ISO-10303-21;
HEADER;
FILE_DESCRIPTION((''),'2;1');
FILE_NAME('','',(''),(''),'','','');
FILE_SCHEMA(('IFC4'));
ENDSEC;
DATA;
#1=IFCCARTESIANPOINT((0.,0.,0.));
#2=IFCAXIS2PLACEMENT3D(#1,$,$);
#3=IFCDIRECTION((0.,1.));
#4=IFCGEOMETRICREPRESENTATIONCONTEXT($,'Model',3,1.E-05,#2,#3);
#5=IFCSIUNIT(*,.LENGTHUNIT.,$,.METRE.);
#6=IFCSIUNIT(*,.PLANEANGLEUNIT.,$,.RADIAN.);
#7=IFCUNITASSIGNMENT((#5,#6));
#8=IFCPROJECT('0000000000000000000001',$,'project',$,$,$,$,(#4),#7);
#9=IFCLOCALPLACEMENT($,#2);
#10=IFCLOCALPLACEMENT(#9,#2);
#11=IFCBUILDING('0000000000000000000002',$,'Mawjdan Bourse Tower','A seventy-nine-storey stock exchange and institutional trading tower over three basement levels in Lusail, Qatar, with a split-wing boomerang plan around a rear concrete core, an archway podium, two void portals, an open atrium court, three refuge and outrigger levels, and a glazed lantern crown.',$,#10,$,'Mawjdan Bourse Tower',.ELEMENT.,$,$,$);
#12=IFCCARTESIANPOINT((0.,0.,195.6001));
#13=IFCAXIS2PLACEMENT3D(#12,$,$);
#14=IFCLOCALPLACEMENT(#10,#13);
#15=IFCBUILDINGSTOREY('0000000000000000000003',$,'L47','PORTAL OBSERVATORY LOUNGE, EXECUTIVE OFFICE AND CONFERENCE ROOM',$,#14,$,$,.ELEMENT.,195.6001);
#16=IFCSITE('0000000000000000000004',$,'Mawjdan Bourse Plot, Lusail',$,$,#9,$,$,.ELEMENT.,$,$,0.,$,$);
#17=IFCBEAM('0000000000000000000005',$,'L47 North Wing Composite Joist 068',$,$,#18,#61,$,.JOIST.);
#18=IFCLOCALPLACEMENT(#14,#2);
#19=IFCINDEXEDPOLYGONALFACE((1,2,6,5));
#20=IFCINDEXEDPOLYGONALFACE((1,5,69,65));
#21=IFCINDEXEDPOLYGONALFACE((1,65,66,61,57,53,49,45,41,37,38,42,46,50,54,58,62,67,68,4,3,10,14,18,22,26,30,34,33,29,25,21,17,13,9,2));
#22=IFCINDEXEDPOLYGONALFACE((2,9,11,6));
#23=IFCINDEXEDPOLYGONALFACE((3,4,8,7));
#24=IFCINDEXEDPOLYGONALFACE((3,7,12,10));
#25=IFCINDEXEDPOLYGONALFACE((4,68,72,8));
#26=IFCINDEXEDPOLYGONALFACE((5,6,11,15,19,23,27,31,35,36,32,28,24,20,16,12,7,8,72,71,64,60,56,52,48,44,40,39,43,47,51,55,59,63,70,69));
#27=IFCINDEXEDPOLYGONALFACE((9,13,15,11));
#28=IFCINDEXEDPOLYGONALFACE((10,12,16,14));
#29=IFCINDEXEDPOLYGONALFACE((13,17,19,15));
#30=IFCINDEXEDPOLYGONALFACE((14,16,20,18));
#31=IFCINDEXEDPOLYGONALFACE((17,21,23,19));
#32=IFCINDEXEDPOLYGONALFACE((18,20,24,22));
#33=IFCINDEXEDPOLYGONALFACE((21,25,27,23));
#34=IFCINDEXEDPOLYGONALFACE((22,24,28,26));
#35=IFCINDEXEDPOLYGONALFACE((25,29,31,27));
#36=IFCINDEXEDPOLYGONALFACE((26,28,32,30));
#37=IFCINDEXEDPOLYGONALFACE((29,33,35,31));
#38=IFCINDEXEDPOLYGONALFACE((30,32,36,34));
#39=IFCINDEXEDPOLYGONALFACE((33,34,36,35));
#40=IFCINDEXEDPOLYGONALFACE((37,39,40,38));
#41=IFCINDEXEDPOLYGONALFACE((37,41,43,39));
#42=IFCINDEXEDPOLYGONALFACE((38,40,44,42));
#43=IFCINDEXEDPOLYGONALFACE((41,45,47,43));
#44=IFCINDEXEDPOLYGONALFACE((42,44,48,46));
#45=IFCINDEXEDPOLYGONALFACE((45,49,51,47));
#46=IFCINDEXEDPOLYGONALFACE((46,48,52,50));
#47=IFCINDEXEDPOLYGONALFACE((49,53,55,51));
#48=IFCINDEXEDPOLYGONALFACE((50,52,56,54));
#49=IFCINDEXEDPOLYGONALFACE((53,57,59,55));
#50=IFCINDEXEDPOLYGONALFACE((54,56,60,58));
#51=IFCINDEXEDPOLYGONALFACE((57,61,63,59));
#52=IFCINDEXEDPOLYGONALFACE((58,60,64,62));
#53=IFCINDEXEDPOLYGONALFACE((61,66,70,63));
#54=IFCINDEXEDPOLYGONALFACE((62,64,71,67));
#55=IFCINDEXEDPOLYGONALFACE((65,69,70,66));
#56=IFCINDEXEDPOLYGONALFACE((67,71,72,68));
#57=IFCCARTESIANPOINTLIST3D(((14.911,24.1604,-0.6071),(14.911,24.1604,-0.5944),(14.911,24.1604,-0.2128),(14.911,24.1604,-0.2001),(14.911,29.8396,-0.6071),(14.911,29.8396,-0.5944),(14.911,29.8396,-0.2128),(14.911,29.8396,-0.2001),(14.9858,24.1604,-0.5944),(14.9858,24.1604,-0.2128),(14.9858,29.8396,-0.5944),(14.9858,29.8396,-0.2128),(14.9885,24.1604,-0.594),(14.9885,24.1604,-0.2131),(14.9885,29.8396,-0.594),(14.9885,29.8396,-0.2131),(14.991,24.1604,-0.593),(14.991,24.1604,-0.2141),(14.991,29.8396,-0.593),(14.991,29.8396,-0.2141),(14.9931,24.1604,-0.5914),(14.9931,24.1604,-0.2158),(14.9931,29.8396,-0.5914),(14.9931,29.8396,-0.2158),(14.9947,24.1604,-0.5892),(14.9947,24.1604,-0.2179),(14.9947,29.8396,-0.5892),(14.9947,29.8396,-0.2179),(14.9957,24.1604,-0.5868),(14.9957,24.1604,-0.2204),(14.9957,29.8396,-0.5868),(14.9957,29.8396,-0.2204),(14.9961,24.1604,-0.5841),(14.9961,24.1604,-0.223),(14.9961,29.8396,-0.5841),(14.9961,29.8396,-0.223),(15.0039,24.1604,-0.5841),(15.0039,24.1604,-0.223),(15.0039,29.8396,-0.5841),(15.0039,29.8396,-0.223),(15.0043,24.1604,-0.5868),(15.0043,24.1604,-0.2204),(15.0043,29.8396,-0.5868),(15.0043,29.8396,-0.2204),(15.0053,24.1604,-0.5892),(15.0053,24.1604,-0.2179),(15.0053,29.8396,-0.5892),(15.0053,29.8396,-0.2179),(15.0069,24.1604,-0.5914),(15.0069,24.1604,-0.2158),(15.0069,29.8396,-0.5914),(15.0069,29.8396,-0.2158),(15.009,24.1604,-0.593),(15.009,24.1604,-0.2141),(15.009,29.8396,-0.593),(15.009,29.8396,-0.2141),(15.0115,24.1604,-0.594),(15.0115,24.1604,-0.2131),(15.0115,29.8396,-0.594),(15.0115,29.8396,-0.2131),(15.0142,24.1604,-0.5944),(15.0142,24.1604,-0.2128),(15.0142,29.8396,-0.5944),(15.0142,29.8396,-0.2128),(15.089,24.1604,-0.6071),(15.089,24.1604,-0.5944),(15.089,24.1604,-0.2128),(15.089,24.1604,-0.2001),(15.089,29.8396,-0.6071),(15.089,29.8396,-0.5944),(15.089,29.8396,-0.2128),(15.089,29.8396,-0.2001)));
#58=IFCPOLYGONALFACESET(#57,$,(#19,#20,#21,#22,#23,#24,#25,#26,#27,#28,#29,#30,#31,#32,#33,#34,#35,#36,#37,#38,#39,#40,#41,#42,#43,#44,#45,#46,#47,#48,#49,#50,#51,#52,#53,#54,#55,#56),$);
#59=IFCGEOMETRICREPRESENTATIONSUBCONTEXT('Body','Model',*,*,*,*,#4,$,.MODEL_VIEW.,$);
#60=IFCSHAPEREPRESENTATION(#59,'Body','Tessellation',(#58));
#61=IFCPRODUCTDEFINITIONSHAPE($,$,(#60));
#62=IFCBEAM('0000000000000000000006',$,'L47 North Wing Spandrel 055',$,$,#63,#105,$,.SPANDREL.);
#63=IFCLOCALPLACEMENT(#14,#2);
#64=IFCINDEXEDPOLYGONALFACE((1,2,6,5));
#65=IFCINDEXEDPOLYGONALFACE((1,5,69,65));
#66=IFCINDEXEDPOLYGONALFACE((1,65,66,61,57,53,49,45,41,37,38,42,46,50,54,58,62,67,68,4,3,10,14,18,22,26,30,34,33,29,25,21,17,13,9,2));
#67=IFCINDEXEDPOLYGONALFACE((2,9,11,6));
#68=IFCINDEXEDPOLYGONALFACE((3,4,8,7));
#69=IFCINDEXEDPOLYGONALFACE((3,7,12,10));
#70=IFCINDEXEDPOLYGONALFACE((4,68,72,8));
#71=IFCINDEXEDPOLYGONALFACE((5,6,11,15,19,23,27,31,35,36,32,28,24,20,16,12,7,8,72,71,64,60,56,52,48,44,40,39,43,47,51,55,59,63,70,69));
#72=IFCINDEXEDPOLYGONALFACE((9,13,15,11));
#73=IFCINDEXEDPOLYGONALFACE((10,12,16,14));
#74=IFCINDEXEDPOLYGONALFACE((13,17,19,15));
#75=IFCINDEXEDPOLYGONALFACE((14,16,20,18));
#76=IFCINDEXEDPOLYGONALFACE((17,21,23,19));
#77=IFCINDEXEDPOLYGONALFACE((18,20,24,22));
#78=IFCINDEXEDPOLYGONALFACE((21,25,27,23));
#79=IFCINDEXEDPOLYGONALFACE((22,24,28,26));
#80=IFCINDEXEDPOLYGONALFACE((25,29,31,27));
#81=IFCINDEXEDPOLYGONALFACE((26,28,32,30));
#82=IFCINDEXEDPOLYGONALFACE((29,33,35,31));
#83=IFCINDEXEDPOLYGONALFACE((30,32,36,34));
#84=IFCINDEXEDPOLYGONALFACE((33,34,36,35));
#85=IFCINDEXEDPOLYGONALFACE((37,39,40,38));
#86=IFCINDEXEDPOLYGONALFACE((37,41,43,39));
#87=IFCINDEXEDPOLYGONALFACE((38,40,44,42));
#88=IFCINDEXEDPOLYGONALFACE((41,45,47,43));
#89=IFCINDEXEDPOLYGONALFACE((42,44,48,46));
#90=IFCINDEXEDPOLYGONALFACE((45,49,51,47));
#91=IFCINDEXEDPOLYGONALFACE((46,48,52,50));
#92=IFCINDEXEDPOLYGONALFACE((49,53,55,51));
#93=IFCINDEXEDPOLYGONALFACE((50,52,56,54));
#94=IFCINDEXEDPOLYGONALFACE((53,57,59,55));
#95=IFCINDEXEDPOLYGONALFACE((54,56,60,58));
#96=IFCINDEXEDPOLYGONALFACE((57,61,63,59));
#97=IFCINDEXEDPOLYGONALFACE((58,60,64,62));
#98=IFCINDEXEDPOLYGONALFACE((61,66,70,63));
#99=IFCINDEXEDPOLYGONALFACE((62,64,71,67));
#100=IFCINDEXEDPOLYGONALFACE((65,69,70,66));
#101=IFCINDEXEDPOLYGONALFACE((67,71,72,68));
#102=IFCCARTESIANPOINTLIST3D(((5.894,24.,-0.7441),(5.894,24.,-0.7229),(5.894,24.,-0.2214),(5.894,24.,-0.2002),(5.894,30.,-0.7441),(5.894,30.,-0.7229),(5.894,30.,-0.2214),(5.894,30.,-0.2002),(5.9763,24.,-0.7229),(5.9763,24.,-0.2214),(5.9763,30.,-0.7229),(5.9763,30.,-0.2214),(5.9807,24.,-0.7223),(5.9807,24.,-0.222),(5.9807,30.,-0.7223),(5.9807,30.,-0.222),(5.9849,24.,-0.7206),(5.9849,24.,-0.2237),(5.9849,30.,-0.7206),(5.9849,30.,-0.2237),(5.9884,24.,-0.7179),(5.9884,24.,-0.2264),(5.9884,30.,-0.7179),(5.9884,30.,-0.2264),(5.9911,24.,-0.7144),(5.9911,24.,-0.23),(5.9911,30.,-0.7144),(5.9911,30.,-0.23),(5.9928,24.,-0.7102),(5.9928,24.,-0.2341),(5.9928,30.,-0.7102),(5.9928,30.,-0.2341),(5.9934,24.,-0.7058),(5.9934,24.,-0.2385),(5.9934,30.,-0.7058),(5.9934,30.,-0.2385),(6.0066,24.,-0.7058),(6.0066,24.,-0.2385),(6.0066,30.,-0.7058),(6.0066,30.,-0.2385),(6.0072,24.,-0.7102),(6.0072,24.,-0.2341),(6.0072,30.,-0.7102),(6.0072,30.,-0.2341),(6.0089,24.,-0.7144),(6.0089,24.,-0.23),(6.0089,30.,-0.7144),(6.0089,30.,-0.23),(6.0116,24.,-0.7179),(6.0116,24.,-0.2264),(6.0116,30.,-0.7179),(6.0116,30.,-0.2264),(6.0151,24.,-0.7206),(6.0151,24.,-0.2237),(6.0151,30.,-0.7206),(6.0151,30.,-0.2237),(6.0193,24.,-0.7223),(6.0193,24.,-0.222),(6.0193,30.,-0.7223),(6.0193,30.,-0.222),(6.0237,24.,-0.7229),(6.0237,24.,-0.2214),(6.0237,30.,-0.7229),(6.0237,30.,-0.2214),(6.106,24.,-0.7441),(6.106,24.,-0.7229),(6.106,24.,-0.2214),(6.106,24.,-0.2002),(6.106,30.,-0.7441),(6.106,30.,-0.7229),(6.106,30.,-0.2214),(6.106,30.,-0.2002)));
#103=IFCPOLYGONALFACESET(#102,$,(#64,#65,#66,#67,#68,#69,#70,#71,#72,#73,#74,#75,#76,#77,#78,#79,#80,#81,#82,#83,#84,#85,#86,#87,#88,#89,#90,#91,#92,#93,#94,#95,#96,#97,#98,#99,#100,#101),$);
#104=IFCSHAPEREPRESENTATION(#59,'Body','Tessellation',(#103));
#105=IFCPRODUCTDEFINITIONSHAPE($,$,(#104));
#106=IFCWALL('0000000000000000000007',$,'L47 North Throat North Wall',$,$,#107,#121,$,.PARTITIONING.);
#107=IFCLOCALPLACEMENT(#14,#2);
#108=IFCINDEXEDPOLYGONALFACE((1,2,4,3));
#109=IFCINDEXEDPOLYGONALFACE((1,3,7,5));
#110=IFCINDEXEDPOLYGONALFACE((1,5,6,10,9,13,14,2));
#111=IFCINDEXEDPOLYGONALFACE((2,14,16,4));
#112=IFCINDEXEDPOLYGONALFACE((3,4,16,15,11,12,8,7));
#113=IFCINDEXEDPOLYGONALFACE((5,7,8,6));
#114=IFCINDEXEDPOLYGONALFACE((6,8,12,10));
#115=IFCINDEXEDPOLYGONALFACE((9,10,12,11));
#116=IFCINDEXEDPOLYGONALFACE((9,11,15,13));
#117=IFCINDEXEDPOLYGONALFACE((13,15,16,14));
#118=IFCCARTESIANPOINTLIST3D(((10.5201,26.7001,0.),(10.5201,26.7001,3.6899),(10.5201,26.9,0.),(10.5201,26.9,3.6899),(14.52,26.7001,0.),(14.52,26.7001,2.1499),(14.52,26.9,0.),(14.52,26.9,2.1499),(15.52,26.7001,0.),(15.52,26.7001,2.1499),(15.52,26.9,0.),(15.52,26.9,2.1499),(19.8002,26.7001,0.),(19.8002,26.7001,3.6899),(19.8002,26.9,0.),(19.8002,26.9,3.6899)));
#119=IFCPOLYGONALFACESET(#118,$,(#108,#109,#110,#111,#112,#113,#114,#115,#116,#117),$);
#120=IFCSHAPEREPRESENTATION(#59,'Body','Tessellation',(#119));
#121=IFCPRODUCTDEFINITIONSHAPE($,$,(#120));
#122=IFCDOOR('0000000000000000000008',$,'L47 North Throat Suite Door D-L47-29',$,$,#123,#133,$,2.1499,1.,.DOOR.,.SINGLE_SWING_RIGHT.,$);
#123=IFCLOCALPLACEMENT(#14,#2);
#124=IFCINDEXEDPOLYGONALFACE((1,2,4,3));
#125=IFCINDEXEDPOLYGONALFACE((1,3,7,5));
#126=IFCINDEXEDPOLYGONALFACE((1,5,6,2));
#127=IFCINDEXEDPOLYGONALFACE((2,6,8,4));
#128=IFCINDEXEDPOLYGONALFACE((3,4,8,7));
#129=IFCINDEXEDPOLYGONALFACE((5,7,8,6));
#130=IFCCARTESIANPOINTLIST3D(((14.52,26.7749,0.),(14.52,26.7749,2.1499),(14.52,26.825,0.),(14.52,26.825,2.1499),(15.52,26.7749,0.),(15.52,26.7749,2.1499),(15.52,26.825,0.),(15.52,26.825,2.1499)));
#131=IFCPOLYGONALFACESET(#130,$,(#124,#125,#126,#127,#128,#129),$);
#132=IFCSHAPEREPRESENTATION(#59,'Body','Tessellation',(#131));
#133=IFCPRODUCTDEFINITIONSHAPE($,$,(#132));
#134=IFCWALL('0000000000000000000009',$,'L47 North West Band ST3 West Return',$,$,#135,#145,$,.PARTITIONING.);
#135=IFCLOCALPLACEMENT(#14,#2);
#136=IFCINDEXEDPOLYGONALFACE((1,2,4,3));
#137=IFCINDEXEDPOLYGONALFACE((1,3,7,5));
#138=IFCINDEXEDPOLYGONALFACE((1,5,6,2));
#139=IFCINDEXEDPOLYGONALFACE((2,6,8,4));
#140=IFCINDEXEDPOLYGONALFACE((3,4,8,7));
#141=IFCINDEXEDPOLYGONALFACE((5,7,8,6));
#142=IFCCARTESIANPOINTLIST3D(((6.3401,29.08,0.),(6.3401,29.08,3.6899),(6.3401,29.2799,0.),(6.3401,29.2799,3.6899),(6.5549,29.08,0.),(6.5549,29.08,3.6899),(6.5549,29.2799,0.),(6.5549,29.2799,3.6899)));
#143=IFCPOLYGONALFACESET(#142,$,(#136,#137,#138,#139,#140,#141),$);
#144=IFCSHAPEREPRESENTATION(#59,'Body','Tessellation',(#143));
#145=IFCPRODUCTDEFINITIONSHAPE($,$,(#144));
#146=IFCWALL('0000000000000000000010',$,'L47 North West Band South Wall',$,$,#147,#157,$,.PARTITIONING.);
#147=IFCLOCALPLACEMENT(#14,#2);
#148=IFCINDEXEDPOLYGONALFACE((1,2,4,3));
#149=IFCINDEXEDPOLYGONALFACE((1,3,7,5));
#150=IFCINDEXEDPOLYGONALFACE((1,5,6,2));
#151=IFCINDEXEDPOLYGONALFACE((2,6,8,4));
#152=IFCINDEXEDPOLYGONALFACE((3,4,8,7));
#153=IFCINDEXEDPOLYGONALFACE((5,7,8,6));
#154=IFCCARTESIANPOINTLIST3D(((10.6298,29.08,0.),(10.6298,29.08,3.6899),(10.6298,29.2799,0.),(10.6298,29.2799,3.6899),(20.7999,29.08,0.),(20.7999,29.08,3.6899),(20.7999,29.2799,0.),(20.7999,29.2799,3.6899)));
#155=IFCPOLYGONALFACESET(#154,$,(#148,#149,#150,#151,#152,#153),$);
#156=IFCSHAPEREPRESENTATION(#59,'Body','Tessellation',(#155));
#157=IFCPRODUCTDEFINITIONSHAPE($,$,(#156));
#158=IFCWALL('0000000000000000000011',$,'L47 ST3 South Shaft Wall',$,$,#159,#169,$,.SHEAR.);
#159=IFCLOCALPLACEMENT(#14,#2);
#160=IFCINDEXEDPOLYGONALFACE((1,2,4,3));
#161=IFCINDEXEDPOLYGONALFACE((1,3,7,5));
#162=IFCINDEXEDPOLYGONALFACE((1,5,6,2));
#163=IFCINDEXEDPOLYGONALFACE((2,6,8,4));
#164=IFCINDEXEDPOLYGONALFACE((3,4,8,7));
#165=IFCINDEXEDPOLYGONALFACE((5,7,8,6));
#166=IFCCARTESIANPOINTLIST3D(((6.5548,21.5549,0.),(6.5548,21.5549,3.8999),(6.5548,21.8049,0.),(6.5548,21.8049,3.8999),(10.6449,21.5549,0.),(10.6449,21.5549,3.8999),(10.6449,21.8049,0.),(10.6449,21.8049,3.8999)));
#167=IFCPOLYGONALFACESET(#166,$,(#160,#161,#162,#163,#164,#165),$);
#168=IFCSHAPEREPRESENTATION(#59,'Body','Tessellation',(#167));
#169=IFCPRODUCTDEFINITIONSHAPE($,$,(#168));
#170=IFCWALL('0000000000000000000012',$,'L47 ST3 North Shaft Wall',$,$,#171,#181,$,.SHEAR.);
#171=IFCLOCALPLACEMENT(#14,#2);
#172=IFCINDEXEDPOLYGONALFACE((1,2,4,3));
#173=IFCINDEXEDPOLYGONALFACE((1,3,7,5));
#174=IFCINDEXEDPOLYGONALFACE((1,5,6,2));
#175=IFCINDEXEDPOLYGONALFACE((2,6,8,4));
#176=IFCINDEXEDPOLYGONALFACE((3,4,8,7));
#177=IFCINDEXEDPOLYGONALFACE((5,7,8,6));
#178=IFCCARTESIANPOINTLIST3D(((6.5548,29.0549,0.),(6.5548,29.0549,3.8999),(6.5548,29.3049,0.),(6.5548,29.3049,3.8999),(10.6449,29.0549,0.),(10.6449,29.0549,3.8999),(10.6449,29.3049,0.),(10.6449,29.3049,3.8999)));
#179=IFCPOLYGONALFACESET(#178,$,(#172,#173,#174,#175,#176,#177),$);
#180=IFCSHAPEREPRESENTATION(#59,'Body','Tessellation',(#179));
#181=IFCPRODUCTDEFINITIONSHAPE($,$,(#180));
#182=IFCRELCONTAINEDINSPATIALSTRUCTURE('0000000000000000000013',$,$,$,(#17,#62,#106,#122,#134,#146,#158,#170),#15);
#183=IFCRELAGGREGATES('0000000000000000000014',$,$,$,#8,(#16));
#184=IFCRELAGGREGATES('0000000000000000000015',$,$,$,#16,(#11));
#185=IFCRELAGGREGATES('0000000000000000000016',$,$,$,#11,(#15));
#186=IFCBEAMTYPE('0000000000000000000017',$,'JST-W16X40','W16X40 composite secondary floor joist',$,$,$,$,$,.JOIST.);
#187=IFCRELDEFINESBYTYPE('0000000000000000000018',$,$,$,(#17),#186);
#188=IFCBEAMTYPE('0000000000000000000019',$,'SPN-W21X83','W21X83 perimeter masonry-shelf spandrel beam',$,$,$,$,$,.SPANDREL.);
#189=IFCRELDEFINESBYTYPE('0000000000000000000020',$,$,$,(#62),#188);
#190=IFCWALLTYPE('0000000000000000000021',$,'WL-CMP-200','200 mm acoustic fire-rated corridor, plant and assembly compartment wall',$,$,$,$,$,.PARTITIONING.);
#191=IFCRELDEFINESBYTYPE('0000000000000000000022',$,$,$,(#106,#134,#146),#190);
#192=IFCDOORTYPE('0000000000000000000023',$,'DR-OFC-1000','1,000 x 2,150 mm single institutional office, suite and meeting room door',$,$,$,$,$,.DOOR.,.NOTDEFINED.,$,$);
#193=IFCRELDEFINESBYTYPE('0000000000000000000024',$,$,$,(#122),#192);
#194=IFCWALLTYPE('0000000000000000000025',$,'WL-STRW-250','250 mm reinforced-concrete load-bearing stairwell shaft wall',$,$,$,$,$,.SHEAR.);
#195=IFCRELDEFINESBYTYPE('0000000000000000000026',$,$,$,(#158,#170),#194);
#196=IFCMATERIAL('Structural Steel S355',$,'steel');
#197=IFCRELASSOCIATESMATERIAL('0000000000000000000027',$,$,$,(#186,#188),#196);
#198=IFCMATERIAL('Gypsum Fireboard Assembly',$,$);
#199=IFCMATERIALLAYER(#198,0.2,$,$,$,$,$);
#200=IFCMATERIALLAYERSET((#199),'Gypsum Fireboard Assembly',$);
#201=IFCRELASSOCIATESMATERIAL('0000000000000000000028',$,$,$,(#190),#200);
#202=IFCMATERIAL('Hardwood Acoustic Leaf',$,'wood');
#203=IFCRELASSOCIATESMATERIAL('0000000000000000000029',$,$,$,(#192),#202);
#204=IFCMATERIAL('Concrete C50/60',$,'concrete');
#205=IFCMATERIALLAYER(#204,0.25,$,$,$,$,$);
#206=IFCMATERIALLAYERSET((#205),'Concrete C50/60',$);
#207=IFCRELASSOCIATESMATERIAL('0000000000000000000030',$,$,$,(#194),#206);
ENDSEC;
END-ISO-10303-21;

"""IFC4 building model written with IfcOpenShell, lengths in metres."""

from ifc_helpers import new_model, si_unit, direction, frame, frame_2d, origin, origin_2d, place, context, subcontext, project, spatial, rectangle, i_section, extrude, material, layer, layer_set, material_profile, profile_set, type_object, element, fill, save


model = new_model("IFC4")

# Units and contexts
model_context = context("Model", 3, precision=1e-05, world=origin(), true_north=direction((0.0, 1.0)))
body_context = subcontext(model_context, "Body", "Model", "MODEL_VIEW")
ifc_project = project(units=[si_unit("LENGTHUNIT", "METRE"), si_unit("PLANEANGLEUNIT", "RADIAN")], contexts=[model_context])

# Site, building, storey
site_placement = place(None, origin())
site = spatial("IfcSite", under=ifc_project, at=site_placement, Name="Mawjdan Bourse Plot, Lusail", CompositionType="ELEMENT", RefElevation=0.0)
building_placement = place(site_placement, origin())
building = spatial("IfcBuilding", under=site, at=building_placement, Name="Mawjdan Bourse Tower", Description="A seventy-nine-storey stock exchange and institutional trading tower over three basement levels in Lusail, Qatar, with a split-wing boomerang plan around a rear concrete core, an archway podium, two void portals, an open atrium court, three refuge and outrigger levels, and a glazed lantern crown.", LongName="Mawjdan Bourse Tower", CompositionType="ELEMENT")
storey_placement = place(building_placement, frame((0.0, 0.0, 195.6001)))
storey = spatial("IfcBuildingStorey", under=building, at=storey_placement, Name="L47", Description="PORTAL OBSERVATORY LOUNGE, EXECUTIVE OFFICE AND CONFERENCE ROOM", CompositionType="ELEMENT", Elevation=195.6001)

# Beams
ifc_material_1 = material(Name="Structural Steel S355", Category="steel")
ifc_material_profile_1 = material_profile(ifc_material_1, i_section(OverallWidth=0.178, OverallDepth=0.407, WebThickness=0.0078, FlangeThickness=0.0127, FilletRadius=0.0103, at=origin_2d()), Name="W16X40")
ifc_profile_set_1 = profile_set([ifc_material_profile_1], Name="Structural Steel S355")
beam_type_1 = type_object("IfcBeamType", Name="JST-W16X40", Description="W16X40 composite secondary floor joist", PredefinedType="JOIST", material=ifc_profile_set_1)
beam_1_placement = place(storey_placement, frame((15.0, 24.1604, -0.4036), z_axis=(0.0, 1.0, 0.0), x_axis=(-1.0, 0.0, 0.0)))
element("IfcBeam", 1, at=beam_1_placement, inside=storey, type_object=beam_type_1, Name="L47 North Wing Composite Joist 068", PredefinedType="JOIST", context=body_context, shape_type="SweptSolid", body=[
    extrude(i_section(OverallWidth=0.178, OverallDepth=0.407, WebThickness=0.0078, FlangeThickness=0.0127, FilletRadius=0.0103, at=origin_2d()), origin(), (0.0, 0.0, 1.0), 5.6792),
])
ifc_material_profile_2 = material_profile(ifc_material_1, i_section(OverallWidth=0.2119, OverallDepth=0.5439, WebThickness=0.0132, FlangeThickness=0.0212, FilletRadius=0.0171, at=origin_2d()), Name="W21X83")
ifc_profile_set_2 = profile_set([ifc_material_profile_2], Name="Structural Steel S355")
beam_type_2 = type_object("IfcBeamType", Name="SPN-W21X83", Description="W21X83 perimeter masonry-shelf spandrel beam", PredefinedType="SPANDREL", material=ifc_profile_set_2)
beam_2_placement = place(storey_placement, frame((6.0, 24.0, -0.4722), z_axis=(0.0, 1.0, 0.0), x_axis=(-1.0, 0.0, 0.0)))
element("IfcBeam", 2, at=beam_2_placement, inside=storey, type_object=beam_type_2, Name="L47 North Wing Spandrel 055", PredefinedType="SPANDREL", context=body_context, shape_type="SweptSolid", body=[
    extrude(i_section(OverallWidth=0.2119, OverallDepth=0.5439, WebThickness=0.0132, FlangeThickness=0.0212, FilletRadius=0.0171, at=origin_2d()), origin(), (0.0, 0.0, 1.0), 6.0),
])

# Wall, opening, door
ifc_material_2 = material(Name="Gypsum Fireboard Assembly")
ifc_layer_1 = layer(ifc_material_2, 0.2)
ifc_layer_set_1 = layer_set([ifc_layer_1], Name="Gypsum Fireboard Assembly")
wall_type_1 = type_object("IfcWallType", Name="WL-CMP-200", Description="200 mm acoustic fire-rated corridor, plant and assembly compartment wall", PredefinedType="PARTITIONING", material=ifc_layer_set_1)
wall_1_placement = place(storey_placement, frame((10.52, 26.8, 0.0), z_axis=(0.0, 0.0, 1.0), x_axis=(1.0, 0.0, 0.0)))
wall_1 = element("IfcWall", 3, at=wall_1_placement, inside=storey, type_object=wall_type_1, Name="L47 North Throat North Wall", PredefinedType="PARTITIONING", context=body_context, shape_type="SweptSolid", body=[
    extrude(rectangle(XDim=9.28, YDim=0.2, at=frame_2d((4.6401, 0.0))), origin(), (0.0, 0.0, 1.0), 3.6899),
])
opening_1_placement = place(wall_1_placement, frame((4.0, 0.0, 0.0)))
opening_1 = element("IfcOpeningElement", 4, at=opening_1_placement, cuts=wall_1, PredefinedType="OPENING", context=body_context, shape_type="SweptSolid", body=[
    extrude(rectangle(XDim=1.0, YDim=2.1499, at=frame_2d((0.5, 1.075))), frame((0.0, 0.1099, 0.0), z_axis=(0.0, -1.0, 0.0), x_axis=(1.0, 0.0, 0.0)), (0.0, 0.0, 1.0), 0.22),
])
ifc_material_3 = material(Name="Hardwood Acoustic Leaf", Category="wood")
door_type_1 = type_object("IfcDoorType", Name="DR-OFC-1000", Description="1,000 x 2,150 mm single institutional office, suite and meeting room door", OperationType="NOTDEFINED", PredefinedType="DOOR", material=ifc_material_3)
door_1_placement = place(opening_1_placement, origin())
door_1 = element("IfcDoor", 5, at=door_1_placement, inside=storey, type_object=door_type_1, Name="L47 North Throat Suite Door D-L47-29", OperationType="SINGLE_SWING_RIGHT", OverallHeight=2.1499, OverallWidth=1.0, PredefinedType="DOOR", context=body_context, shape_type="SweptSolid", body=[
    extrude(rectangle(XDim=1.0, YDim=2.1499, at=frame_2d((0.5, 1.075))), frame((0.0, 0.0249, 0.0), z_axis=(0.0, -1.0, 0.0), x_axis=(1.0, 0.0, 0.0)), (0.0, 0.0, 1.0), 0.05),
])
fill(opening_1, door_1)

# Walls
wall_2_placement = place(storey_placement, frame((6.3401, 29.1799, 0.0), z_axis=(0.0, 0.0, 1.0), x_axis=(1.0, 0.0, 0.0)))
element("IfcWall", 6, at=wall_2_placement, inside=storey, type_object=wall_type_1, Name="L47 North West Band ST3 West Return", PredefinedType="PARTITIONING", context=body_context, shape_type="SweptSolid", body=[
    extrude(rectangle(XDim=0.2148, YDim=0.2, at=frame_2d((0.1074, 0.0))), origin(), (0.0, 0.0, 1.0), 3.6899),
])
wall_3_placement = place(storey_placement, frame((10.6299, 29.1799, 0.0), z_axis=(0.0, 0.0, 1.0), x_axis=(1.0, 0.0, 0.0)))
element("IfcWall", 7, at=wall_3_placement, inside=storey, type_object=wall_type_1, Name="L47 North West Band South Wall", PredefinedType="PARTITIONING", context=body_context, shape_type="SweptSolid", body=[
    extrude(rectangle(XDim=10.1702, YDim=0.2, at=frame_2d((5.085, 0.0))), origin(), (0.0, 0.0, 1.0), 3.6899),
])
ifc_material_4 = material(Name="Concrete C50/60", Category="concrete")
ifc_layer_2 = layer(ifc_material_4, 0.25)
ifc_layer_set_2 = layer_set([ifc_layer_2], Name="Concrete C50/60")
wall_type_2 = type_object("IfcWallType", Name="WL-STRW-250", Description="250 mm reinforced-concrete load-bearing stairwell shaft wall", PredefinedType="SHEAR", material=ifc_layer_set_2)
for number, where, z_axis, x_axis, name in (
    (8, (6.5549, 21.6799, 0.0), (0.0, 0.0, 1.0), (1.0, 0.0, 0.0), "L47 ST3 South Shaft Wall"),
    (9, (6.5549, 29.1799, 0.0), (0.0, 0.0, 1.0), (1.0, 0.0, 0.0), "L47 ST3 North Shaft Wall"),
):
    element("IfcWall", number, at=place(storey_placement, frame(where, z_axis=z_axis, x_axis=x_axis)), inside=storey, type_object=wall_type_2, Name=name, PredefinedType="SHEAR", context=body_context, shape_type="SweptSolid", body=[
        extrude(rectangle(XDim=4.0901, YDim=0.25, at=frame_2d((2.0449, 0.0))), origin(), (0.0, 0.0, 1.0), 3.8999),
    ])

save(model, "model.ifc")
